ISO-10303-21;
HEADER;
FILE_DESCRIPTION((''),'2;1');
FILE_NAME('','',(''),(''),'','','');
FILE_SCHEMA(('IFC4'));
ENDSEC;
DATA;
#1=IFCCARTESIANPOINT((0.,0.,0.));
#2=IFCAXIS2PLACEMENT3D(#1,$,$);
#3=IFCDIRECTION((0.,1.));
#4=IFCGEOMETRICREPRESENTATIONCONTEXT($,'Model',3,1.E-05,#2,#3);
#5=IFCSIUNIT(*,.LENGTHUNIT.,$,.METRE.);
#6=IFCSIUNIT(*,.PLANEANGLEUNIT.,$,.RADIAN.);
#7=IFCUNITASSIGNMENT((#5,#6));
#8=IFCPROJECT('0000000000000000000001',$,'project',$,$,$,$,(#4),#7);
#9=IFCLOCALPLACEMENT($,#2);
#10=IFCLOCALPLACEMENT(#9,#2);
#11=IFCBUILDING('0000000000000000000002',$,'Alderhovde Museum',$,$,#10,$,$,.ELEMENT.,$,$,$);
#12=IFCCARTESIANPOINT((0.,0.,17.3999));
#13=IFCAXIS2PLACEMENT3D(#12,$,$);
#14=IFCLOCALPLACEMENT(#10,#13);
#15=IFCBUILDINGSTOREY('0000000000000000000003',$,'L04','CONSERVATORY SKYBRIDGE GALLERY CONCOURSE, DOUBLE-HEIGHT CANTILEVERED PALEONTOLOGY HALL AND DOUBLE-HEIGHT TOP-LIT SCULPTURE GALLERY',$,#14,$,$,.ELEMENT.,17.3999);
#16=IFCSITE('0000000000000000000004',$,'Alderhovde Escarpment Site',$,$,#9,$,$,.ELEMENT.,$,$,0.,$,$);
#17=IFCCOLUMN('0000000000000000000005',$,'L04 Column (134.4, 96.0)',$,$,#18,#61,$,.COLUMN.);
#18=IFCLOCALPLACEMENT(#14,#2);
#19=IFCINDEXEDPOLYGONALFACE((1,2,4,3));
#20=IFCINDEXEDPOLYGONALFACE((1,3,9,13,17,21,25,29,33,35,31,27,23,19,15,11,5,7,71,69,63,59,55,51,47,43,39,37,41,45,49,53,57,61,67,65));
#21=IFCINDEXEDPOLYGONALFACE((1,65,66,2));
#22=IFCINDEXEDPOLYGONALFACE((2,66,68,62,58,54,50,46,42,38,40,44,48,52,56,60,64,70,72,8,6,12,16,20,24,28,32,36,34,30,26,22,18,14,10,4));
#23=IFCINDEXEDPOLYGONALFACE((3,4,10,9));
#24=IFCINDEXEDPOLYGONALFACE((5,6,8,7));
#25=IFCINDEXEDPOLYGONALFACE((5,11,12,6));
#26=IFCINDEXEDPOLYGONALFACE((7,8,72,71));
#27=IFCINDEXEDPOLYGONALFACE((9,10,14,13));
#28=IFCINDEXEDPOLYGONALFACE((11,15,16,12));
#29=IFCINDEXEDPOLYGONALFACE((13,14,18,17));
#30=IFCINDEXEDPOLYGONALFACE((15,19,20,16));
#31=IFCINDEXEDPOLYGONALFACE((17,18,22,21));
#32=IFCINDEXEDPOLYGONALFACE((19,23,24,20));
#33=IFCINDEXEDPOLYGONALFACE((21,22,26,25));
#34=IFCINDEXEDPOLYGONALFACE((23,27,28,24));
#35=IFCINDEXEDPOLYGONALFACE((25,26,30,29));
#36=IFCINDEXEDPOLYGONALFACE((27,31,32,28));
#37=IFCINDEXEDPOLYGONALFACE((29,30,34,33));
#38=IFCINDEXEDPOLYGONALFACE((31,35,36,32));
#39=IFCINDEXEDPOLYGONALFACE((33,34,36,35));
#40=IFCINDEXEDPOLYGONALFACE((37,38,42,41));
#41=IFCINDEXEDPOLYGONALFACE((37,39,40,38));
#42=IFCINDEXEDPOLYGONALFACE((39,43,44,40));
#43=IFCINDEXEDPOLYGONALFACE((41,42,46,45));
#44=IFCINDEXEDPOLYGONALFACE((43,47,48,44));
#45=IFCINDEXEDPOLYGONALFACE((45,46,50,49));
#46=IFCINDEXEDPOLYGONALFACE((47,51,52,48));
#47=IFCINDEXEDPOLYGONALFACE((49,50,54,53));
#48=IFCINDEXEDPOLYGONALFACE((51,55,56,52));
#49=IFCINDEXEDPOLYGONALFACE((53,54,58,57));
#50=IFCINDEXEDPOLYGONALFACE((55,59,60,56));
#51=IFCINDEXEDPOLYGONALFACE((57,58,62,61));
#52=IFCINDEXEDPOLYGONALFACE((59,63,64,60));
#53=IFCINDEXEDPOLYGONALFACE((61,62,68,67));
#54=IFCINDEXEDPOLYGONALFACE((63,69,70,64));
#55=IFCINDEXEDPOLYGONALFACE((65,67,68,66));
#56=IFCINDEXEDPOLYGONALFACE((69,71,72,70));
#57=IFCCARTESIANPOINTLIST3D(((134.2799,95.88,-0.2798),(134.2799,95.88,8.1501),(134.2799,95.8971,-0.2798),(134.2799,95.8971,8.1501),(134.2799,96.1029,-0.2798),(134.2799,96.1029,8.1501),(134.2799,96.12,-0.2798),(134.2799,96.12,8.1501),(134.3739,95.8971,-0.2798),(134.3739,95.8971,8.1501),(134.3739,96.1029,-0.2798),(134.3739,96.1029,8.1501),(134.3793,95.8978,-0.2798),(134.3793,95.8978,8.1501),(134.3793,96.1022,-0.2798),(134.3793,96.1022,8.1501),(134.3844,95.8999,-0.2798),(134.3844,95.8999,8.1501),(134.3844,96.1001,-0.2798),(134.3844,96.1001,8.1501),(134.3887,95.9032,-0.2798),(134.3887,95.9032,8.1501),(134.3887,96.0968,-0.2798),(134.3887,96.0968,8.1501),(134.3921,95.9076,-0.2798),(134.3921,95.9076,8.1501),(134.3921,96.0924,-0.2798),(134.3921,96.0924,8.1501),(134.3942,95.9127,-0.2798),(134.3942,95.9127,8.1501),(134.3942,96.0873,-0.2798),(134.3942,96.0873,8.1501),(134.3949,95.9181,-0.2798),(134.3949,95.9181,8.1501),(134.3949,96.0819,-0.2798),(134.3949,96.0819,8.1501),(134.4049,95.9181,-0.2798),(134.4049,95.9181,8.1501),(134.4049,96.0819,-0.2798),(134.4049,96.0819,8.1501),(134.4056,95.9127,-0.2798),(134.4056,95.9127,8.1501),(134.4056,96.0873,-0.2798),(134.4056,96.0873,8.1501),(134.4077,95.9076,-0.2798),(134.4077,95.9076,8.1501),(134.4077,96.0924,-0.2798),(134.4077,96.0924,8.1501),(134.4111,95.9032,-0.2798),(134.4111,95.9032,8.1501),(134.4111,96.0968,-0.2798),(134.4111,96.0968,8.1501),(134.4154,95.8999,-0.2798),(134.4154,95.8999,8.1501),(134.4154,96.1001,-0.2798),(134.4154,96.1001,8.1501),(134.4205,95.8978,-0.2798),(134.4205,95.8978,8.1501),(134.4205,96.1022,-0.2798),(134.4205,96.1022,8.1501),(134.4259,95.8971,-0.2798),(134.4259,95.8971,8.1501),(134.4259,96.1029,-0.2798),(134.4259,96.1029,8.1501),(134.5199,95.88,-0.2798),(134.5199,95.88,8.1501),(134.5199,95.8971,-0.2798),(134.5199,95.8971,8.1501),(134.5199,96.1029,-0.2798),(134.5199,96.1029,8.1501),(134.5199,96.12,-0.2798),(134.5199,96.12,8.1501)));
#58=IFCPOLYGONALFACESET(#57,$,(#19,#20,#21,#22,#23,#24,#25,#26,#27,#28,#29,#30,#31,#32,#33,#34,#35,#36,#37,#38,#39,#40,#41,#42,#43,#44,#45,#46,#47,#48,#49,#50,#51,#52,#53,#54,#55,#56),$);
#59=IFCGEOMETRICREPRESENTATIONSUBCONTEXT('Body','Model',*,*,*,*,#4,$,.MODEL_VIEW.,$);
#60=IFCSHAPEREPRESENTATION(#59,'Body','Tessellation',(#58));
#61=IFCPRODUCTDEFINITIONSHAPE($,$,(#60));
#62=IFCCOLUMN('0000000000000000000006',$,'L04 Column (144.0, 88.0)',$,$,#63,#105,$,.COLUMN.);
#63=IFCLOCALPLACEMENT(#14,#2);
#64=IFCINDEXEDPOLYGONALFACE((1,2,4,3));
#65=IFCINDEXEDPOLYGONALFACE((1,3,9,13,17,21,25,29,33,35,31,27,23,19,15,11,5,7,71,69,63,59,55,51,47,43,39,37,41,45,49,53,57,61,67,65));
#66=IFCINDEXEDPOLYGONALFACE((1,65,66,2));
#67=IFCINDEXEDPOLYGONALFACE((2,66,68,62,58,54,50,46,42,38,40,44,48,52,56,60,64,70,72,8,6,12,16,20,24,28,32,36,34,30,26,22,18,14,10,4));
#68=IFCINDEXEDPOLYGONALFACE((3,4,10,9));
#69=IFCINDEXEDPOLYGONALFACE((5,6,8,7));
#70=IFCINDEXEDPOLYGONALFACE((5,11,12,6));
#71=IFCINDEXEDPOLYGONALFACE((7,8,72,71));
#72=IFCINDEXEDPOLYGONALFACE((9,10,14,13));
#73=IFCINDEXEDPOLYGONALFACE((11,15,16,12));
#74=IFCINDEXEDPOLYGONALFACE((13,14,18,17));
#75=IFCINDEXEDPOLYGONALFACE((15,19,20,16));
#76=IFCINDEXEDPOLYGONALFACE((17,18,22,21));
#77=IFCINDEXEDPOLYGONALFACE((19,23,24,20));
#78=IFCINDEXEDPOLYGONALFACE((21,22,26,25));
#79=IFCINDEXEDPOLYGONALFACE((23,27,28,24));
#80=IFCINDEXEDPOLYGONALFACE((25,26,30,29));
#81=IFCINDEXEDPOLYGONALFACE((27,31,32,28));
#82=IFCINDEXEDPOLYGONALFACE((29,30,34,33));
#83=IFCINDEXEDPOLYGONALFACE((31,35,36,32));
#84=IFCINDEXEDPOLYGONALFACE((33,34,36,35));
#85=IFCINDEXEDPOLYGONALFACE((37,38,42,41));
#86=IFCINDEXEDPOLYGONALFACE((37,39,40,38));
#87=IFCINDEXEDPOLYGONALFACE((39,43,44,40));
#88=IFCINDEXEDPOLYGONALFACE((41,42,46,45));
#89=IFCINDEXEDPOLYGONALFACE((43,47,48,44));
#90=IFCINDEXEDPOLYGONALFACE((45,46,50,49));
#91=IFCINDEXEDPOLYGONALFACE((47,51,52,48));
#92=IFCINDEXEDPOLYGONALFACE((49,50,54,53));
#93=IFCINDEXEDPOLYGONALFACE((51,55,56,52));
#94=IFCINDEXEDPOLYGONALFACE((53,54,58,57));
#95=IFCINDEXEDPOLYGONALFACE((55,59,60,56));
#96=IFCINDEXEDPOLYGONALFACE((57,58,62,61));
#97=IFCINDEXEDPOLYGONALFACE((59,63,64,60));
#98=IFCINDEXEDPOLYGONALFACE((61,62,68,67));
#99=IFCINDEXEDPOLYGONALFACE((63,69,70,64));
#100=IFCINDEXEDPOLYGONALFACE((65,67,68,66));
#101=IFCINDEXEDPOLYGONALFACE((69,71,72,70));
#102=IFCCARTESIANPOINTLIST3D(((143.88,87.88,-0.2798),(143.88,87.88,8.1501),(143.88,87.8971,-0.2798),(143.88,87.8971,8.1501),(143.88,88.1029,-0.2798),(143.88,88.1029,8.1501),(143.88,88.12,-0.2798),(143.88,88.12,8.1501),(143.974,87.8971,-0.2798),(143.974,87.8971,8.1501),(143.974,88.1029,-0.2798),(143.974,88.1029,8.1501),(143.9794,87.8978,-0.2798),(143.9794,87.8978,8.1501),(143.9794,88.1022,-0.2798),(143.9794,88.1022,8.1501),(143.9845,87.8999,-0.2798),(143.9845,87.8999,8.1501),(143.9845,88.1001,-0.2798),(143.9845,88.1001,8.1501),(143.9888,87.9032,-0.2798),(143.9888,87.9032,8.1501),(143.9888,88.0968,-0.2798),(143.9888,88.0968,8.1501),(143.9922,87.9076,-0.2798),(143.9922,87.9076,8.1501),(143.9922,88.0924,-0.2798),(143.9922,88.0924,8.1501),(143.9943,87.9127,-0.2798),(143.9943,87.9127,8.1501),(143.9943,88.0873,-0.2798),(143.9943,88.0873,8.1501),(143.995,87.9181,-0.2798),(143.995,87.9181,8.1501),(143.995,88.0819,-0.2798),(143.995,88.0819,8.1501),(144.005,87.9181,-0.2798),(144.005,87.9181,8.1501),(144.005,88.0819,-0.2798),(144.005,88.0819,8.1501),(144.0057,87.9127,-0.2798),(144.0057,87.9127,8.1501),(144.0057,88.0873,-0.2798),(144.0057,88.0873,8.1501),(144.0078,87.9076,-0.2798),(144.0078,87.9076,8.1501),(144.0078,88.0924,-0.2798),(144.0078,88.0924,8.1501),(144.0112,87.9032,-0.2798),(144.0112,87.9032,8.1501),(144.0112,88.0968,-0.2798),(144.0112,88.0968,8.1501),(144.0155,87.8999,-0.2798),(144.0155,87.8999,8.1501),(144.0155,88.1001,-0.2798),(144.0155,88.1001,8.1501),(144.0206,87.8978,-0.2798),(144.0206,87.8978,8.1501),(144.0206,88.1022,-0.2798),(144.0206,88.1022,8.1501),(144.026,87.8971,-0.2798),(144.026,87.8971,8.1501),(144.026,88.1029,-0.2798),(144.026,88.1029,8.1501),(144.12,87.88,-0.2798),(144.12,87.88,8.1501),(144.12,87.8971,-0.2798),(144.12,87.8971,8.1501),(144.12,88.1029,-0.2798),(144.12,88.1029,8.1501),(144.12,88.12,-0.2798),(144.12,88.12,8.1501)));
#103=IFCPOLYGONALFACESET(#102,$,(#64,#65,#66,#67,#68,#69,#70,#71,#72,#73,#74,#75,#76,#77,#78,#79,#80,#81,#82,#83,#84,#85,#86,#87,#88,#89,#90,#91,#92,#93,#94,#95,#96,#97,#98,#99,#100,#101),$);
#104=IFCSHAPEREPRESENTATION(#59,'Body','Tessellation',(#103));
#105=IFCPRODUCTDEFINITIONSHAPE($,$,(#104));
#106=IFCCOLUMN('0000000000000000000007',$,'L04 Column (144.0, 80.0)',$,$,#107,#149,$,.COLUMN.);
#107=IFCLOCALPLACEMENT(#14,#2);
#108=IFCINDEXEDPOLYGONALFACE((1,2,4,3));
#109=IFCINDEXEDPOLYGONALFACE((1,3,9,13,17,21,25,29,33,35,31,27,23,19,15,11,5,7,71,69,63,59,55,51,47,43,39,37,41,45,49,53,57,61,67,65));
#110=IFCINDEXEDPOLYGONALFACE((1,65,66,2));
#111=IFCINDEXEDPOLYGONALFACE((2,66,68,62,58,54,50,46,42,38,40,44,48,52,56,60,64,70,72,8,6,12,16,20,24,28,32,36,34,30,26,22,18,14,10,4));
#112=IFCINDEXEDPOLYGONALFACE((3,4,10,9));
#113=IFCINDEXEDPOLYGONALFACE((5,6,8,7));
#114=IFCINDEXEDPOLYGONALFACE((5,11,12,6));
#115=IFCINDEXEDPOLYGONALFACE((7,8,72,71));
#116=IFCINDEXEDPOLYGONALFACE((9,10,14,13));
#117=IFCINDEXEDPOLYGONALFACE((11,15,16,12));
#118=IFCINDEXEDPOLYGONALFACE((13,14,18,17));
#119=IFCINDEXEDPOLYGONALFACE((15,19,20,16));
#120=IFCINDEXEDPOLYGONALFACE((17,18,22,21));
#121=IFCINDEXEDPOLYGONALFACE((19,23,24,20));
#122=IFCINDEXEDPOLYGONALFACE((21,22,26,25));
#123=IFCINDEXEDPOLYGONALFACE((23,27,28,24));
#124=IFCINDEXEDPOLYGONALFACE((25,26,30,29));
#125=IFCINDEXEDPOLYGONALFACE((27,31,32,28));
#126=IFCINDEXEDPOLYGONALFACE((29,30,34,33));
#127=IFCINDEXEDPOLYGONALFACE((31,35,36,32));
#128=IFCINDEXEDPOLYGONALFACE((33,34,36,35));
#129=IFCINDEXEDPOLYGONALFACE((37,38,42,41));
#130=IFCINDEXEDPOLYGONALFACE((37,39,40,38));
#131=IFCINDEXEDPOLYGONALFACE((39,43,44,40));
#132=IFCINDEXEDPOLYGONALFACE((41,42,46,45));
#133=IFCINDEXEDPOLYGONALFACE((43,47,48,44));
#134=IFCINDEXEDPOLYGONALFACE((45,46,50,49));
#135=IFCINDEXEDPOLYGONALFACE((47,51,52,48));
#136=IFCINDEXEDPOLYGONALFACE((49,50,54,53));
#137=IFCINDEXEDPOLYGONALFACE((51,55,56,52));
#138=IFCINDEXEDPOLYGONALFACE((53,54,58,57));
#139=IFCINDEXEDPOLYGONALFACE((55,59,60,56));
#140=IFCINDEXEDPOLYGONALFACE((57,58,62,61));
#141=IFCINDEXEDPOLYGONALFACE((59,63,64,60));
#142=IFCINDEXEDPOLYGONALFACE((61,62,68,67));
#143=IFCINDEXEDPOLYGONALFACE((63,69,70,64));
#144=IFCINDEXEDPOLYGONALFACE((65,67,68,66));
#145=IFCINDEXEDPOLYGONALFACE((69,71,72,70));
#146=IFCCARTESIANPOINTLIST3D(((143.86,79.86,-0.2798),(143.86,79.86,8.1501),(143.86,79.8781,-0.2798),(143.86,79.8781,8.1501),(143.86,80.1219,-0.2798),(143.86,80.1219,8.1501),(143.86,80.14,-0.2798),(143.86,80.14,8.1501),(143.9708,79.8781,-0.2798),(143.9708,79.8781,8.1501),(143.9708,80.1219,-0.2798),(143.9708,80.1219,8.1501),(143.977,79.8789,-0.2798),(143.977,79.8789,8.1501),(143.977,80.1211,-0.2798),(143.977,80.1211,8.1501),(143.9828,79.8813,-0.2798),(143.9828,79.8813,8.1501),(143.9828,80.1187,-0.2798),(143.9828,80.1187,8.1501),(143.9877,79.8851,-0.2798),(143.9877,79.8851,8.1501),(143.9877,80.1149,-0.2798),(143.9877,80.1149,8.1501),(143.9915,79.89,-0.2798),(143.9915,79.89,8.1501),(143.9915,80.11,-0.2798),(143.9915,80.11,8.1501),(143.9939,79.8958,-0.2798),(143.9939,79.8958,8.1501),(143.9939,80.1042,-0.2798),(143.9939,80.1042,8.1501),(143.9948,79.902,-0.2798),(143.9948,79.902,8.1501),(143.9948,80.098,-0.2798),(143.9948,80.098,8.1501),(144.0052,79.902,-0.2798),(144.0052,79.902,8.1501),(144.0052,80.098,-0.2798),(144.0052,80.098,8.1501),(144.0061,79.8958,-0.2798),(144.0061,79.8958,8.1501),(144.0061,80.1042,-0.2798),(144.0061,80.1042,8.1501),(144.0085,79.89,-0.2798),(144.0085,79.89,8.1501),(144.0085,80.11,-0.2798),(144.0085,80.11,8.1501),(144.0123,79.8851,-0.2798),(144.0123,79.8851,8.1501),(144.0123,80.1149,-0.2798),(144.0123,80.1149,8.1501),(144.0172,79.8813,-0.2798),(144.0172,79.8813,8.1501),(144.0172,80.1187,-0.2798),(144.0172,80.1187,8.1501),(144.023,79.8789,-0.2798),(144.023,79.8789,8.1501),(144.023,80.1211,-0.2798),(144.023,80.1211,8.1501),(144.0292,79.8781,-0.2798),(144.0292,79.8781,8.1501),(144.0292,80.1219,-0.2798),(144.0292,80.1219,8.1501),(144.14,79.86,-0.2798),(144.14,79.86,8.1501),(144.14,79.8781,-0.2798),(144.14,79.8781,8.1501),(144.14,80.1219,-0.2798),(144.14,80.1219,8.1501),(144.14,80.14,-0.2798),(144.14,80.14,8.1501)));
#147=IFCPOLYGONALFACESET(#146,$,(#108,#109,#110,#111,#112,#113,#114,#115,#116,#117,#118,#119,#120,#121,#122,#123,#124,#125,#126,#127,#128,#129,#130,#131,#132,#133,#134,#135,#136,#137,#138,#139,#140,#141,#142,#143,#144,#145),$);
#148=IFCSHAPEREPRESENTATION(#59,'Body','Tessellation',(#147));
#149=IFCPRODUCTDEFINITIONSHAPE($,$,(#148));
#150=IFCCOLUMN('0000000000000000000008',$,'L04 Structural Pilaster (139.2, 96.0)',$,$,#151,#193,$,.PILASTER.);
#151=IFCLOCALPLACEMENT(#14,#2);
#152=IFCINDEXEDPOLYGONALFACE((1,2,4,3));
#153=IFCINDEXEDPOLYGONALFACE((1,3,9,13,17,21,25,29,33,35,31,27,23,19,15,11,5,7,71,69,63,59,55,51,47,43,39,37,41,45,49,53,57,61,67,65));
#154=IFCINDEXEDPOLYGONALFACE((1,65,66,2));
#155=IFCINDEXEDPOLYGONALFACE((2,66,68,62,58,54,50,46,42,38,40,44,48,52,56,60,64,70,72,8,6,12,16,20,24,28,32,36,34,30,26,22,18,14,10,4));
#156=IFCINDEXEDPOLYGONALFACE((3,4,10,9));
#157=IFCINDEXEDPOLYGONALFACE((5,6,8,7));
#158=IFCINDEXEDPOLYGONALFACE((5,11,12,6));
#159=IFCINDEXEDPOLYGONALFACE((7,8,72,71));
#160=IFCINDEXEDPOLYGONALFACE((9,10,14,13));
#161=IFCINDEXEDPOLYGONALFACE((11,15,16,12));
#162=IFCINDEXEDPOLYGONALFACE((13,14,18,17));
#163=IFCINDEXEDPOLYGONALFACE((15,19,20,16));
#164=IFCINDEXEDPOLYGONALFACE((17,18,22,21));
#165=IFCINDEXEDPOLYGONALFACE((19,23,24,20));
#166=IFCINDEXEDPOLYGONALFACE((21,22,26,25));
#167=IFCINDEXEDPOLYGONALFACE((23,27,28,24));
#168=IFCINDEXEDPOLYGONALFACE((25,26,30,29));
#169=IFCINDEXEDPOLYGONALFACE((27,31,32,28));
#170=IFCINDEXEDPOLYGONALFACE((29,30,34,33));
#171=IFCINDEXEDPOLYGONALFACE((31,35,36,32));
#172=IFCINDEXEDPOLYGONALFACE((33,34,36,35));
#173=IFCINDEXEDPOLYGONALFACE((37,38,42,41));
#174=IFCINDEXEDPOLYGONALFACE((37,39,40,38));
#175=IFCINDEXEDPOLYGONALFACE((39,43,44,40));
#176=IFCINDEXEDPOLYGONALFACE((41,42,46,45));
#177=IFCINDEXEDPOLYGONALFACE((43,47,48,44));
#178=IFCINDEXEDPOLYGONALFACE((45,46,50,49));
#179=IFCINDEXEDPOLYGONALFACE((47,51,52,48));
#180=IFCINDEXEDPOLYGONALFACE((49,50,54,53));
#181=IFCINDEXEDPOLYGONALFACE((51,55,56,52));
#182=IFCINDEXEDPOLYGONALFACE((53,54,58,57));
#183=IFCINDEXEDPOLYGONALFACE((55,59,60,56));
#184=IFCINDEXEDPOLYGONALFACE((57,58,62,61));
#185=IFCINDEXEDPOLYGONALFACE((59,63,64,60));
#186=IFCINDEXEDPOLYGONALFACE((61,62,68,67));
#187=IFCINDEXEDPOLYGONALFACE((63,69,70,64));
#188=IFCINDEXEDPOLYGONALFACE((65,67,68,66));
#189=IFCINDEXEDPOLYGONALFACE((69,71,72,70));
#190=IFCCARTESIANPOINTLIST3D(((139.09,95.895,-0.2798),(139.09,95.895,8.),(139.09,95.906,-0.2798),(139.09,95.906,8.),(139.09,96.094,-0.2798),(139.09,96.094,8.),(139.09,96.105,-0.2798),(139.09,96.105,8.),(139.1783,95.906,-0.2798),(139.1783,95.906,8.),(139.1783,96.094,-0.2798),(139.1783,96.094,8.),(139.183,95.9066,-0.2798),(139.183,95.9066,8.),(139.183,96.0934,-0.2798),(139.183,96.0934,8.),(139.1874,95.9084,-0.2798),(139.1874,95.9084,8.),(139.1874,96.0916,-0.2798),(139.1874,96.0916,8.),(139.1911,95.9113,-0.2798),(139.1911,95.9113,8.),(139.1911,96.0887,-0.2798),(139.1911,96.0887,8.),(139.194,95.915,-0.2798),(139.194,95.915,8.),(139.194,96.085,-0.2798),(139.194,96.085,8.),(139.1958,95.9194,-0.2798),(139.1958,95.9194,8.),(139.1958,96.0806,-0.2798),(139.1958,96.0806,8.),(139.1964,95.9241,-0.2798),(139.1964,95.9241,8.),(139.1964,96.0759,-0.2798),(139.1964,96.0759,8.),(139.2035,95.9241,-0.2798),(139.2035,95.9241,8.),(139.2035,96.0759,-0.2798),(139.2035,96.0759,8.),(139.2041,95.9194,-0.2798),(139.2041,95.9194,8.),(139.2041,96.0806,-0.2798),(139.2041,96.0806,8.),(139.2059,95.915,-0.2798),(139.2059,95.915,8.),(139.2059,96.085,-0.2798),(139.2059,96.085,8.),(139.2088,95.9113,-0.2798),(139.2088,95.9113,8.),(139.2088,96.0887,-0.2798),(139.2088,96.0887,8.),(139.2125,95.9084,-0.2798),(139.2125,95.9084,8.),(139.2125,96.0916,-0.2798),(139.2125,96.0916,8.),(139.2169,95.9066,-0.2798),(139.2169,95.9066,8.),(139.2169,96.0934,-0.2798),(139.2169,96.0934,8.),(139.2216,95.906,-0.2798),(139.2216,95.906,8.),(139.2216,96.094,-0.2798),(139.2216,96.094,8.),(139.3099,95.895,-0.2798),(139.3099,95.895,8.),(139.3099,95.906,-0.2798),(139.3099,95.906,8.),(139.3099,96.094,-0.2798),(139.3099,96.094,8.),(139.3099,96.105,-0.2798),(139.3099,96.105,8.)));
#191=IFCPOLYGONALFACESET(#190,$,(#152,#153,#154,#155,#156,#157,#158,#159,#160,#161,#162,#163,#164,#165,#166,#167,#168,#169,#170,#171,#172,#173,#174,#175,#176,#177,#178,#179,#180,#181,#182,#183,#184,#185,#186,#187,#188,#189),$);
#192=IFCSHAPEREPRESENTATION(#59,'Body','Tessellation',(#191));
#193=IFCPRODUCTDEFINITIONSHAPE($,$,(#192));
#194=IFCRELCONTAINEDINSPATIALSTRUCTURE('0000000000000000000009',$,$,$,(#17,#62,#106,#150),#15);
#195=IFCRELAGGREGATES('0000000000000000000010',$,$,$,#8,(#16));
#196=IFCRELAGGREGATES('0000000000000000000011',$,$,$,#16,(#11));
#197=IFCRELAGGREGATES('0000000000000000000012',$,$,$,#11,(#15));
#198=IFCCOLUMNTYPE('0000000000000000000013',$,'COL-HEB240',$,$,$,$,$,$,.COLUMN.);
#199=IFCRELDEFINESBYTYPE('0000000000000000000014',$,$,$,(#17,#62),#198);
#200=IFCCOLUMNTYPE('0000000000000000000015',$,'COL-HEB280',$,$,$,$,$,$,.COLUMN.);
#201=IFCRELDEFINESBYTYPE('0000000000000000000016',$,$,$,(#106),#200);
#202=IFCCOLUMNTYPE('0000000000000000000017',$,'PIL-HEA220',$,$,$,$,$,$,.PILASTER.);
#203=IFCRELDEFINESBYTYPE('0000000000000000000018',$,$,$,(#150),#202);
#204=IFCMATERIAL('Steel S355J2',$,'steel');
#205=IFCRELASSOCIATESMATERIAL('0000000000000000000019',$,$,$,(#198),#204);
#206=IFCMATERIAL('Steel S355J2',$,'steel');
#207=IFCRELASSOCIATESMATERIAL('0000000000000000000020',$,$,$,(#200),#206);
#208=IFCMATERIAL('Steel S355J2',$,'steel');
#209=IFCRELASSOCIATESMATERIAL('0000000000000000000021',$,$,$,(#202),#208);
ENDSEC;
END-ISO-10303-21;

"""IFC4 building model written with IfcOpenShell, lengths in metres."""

from ifc_helpers import new_model, si_unit, direction, frame, origin, origin_2d, place, context, subcontext, project, spatial, i_section, extrude, material, material_profile, profile_set, type_object, element, save


model = new_model("IFC4")

# Units and contexts
model_context = context("Model", 3, precision=1e-05, world=origin(), true_north=direction((0.0, 1.0)))
body_context = subcontext(model_context, "Body", "Model", "MODEL_VIEW")
ifc_project = project(units=[si_unit("LENGTHUNIT", "METRE"), si_unit("PLANEANGLEUNIT", "RADIAN")], contexts=[model_context])

# Site, building, storey
site_placement = place(None, origin())
site = spatial("IfcSite", under=ifc_project, at=site_placement, Name="Alderhovde Escarpment Site", CompositionType="ELEMENT", RefElevation=0.0)
building_placement = place(site_placement, origin())
building = spatial("IfcBuilding", under=site, at=building_placement, Name="Alderhovde Museum", CompositionType="ELEMENT")
storey_placement = place(building_placement, frame((0.0, 0.0, 17.3999)))
storey = spatial("IfcBuildingStorey", under=building, at=storey_placement, Name="L04", Description="CONSERVATORY SKYBRIDGE GALLERY CONCOURSE, DOUBLE-HEIGHT CANTILEVERED PALEONTOLOGY HALL AND DOUBLE-HEIGHT TOP-LIT SCULPTURE GALLERY", CompositionType="ELEMENT", Elevation=17.3999)

# Columns
ifc_material_1 = material(Name="Steel S355J2", Category="steel")
ifc_material_profile_1 = material_profile(ifc_material_1, i_section(OverallWidth=0.24, OverallDepth=0.24, WebThickness=0.01, FlangeThickness=0.0171, FilletRadius=0.021, at=origin_2d()), Name="HEB 240")
ifc_profile_set_1 = profile_set([ifc_material_profile_1], Name="Steel S355J2")
column_type_1 = type_object("IfcColumnType", Name="COL-HEB240", PredefinedType="COLUMN", material=ifc_profile_set_1)
for number, where, z_axis, x_axis, name in (
    (1, (134.3999, 96.0, -0.2798), (0.0, 0.0, 1.0), (1.0, 0.0, 0.0), "L04 Column (134.4, 96.0)"),
    (2, (144.0, 88.0, -0.2798), (0.0, 0.0, 1.0), (1.0, 0.0, 0.0), "L04 Column (144.0, 88.0)"),
):
    element("IfcColumn", number, at=place(storey_placement, frame(where, z_axis=z_axis, x_axis=x_axis)), inside=storey, type_object=column_type_1, Name=name, PredefinedType="COLUMN", context=body_context, shape_type="SweptSolid", body=[
        extrude(i_section(OverallWidth=0.24, OverallDepth=0.24, WebThickness=0.01, FlangeThickness=0.0171, FilletRadius=0.021, at=origin_2d()), origin(), (0.0, 0.0, 1.0), 8.4299),
    ])
ifc_material_2 = material(Name="Steel S355J2", Category="steel")
ifc_material_profile_2 = material_profile(ifc_material_2, i_section(OverallWidth=0.28, OverallDepth=0.28, WebThickness=0.0105, FlangeThickness=0.0181, FilletRadius=0.0239, at=origin_2d()), Name="HEB 280")
ifc_profile_set_2 = profile_set([ifc_material_profile_2], Name="Steel S355J2")
column_type_2 = type_object("IfcColumnType", Name="COL-HEB280", PredefinedType="COLUMN", material=ifc_profile_set_2)
column_1_placement = place(storey_placement, frame((144.0, 80.0, -0.2798), z_axis=(0.0, 0.0, 1.0), x_axis=(1.0, 0.0, 0.0)))
element("IfcColumn", 3, at=column_1_placement, inside=storey, type_object=column_type_2, Name="L04 Column (144.0, 80.0)", PredefinedType="COLUMN", context=body_context, shape_type="SweptSolid", body=[
    extrude(i_section(OverallWidth=0.28, OverallDepth=0.28, WebThickness=0.0105, FlangeThickness=0.0181, FilletRadius=0.0239, at=origin_2d()), origin(), (0.0, 0.0, 1.0), 8.4299),
])
ifc_material_3 = material(Name="Steel S355J2", Category="steel")
ifc_material_profile_3 = material_profile(ifc_material_3, i_section(OverallWidth=0.22, OverallDepth=0.21, WebThickness=0.0071, FlangeThickness=0.011, FilletRadius=0.0181, at=origin_2d()), Name="HEA 220")
ifc_profile_set_3 = profile_set([ifc_material_profile_3], Name="Steel S355J2")
column_type_3 = type_object("IfcColumnType", Name="PIL-HEA220", PredefinedType="PILASTER", material=ifc_profile_set_3)
column_2_placement = place(storey_placement, frame((139.2, 96.0, -0.2798), z_axis=(0.0, 0.0, 1.0), x_axis=(1.0, 0.0, 0.0)))
element("IfcColumn", 4, at=column_2_placement, inside=storey, type_object=column_type_3, Name="L04 Structural Pilaster (139.2, 96.0)", PredefinedType="PILASTER", context=body_context, shape_type="SweptSolid", body=[
    extrude(i_section(OverallWidth=0.22, OverallDepth=0.21, WebThickness=0.0071, FlangeThickness=0.011, FilletRadius=0.0181, at=origin_2d()), origin(), (0.0, 0.0, 1.0), 8.2798),
])

save(model, "model.ifc")
